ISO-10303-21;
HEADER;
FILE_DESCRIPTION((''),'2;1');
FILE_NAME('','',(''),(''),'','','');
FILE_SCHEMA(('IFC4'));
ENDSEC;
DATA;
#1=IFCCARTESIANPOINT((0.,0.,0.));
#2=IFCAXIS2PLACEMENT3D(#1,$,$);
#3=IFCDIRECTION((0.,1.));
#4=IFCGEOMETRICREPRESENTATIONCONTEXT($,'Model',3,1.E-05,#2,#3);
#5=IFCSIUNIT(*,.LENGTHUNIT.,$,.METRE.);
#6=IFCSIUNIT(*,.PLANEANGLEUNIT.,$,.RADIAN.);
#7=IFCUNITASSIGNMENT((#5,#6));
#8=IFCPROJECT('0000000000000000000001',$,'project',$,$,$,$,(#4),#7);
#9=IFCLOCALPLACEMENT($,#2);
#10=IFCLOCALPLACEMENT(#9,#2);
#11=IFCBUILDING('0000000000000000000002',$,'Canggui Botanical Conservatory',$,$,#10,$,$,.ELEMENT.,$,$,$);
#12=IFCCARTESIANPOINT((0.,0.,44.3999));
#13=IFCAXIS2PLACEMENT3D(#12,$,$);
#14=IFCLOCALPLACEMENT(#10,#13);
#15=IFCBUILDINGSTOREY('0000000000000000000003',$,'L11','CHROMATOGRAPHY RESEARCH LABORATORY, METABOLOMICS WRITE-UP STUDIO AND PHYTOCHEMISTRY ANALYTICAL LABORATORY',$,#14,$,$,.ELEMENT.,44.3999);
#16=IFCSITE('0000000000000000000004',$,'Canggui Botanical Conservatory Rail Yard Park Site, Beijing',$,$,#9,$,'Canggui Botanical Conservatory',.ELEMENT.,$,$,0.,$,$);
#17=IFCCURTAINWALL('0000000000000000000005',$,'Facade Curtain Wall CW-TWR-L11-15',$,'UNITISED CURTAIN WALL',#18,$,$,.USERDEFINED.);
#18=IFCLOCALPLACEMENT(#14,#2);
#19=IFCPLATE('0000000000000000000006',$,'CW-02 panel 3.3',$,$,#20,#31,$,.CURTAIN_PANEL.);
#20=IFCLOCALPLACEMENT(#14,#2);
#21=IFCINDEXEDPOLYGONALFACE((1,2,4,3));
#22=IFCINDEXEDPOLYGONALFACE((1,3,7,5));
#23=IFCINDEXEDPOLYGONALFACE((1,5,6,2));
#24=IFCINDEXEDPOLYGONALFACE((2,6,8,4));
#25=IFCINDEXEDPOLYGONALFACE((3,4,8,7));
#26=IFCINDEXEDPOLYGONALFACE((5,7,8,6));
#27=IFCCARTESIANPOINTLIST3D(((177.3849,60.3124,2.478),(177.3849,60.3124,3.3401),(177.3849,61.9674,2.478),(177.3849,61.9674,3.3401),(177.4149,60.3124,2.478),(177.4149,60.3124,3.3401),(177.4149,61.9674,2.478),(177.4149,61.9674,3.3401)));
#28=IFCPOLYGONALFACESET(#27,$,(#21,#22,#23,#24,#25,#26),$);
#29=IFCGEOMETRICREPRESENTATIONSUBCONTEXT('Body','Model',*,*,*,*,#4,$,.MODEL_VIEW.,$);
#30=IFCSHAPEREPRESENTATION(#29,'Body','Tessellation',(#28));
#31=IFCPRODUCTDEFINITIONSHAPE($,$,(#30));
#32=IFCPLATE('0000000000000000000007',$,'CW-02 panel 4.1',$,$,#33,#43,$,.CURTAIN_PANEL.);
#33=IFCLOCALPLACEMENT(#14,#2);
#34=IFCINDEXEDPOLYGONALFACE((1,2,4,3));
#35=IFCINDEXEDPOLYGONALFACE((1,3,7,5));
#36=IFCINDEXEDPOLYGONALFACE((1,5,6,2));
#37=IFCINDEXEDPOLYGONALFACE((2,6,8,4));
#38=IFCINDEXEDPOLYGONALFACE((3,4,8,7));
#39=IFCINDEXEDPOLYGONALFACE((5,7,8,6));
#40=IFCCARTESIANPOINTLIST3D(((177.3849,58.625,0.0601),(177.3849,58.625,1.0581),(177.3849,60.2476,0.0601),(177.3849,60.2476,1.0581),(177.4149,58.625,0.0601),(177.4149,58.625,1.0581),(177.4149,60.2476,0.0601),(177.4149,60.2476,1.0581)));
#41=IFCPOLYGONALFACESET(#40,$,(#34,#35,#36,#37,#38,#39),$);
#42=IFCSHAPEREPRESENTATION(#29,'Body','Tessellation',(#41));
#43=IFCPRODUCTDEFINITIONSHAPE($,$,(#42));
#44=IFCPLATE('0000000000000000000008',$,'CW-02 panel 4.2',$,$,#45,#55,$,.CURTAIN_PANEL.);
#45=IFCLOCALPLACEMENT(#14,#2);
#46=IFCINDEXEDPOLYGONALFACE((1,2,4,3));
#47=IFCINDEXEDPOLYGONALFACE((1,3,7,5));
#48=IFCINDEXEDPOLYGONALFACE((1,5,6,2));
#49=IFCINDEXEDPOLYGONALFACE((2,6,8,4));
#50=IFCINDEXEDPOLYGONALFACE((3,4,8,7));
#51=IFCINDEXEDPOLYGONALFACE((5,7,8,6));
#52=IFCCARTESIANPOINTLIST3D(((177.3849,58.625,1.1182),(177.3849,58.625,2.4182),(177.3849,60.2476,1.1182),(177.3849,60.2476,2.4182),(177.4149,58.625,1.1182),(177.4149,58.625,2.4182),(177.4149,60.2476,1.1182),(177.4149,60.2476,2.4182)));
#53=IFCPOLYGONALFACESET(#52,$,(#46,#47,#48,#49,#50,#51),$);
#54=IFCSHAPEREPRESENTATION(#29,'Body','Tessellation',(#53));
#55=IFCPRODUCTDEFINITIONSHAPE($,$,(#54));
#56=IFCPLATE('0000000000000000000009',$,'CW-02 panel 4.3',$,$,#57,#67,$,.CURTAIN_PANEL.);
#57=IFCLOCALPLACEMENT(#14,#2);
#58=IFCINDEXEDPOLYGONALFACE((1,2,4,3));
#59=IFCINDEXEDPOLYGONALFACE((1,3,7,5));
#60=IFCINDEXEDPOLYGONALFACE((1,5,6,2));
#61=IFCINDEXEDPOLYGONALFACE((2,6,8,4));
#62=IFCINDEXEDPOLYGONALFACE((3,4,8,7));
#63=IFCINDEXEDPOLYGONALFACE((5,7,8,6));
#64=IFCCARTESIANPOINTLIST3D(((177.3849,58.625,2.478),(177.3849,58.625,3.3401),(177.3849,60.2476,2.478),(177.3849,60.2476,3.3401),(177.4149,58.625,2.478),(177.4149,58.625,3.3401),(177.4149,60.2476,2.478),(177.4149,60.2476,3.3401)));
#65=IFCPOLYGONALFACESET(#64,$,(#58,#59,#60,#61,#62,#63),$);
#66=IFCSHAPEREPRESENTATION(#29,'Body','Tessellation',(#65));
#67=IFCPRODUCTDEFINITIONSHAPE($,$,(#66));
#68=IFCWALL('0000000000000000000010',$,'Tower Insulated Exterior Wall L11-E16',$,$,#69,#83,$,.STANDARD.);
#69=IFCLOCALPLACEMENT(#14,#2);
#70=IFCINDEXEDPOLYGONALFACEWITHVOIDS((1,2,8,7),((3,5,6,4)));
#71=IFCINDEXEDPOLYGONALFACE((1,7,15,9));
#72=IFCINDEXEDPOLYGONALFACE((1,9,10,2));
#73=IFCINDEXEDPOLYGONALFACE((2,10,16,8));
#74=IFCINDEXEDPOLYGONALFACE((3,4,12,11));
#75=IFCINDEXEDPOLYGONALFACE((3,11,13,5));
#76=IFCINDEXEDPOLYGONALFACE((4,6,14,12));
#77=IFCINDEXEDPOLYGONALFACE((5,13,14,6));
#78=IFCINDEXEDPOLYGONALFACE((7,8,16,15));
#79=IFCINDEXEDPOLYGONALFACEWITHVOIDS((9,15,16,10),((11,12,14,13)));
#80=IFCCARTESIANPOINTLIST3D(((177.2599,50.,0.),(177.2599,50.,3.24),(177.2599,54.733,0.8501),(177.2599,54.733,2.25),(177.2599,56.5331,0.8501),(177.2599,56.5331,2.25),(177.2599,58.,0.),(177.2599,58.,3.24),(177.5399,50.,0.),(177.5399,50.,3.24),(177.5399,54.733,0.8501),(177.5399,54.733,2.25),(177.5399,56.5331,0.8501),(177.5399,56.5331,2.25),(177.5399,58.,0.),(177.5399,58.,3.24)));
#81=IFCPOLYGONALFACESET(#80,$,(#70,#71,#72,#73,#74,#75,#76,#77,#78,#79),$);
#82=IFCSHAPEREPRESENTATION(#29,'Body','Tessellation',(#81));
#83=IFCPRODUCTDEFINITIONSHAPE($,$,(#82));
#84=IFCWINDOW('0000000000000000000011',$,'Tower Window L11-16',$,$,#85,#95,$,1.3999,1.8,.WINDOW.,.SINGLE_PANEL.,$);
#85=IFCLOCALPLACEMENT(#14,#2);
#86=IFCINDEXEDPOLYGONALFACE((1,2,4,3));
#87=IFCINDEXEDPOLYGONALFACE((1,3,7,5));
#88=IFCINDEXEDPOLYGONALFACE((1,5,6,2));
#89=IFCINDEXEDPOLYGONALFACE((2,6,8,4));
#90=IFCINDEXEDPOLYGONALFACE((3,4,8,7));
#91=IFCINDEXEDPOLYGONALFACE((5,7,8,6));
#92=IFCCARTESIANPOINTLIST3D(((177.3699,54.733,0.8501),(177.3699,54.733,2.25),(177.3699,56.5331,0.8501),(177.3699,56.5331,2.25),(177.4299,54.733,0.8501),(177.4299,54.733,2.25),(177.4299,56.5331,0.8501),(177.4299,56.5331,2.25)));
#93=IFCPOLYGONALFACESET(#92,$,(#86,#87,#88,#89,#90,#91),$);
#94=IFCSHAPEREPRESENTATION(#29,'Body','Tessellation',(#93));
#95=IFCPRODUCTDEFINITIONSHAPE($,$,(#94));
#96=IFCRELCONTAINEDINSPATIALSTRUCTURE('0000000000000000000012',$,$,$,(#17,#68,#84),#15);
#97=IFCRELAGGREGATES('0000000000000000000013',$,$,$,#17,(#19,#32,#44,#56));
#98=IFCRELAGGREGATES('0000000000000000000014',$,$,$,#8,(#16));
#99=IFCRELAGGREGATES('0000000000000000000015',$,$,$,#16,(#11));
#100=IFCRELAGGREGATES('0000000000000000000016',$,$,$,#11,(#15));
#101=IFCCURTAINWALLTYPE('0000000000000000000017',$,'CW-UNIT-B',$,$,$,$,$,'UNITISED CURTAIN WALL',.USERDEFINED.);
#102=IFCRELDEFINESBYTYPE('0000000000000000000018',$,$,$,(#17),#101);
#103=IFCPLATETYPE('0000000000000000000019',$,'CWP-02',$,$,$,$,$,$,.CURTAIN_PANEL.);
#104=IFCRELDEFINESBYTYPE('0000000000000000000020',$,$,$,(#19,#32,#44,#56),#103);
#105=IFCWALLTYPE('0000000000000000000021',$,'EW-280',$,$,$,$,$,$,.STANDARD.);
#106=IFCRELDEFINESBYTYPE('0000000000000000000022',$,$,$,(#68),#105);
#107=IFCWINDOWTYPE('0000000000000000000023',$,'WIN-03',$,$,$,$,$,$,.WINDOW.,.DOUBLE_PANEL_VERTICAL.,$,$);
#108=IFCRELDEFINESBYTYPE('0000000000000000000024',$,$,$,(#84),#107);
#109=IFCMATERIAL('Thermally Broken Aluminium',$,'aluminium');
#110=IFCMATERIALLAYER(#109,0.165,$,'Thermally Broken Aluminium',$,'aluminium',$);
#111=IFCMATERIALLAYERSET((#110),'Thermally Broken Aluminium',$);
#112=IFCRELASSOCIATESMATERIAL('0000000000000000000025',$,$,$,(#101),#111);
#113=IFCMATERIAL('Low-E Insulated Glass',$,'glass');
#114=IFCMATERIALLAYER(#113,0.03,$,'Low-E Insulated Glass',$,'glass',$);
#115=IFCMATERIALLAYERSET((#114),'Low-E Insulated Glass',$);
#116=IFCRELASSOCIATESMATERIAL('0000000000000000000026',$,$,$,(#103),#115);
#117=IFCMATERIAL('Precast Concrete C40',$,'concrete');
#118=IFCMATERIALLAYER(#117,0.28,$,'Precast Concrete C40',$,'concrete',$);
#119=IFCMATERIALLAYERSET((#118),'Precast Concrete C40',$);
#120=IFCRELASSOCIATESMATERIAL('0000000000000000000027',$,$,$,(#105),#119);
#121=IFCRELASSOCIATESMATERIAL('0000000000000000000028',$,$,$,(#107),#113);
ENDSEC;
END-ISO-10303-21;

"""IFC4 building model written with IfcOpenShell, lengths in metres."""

from ifc_helpers import new_model, si_unit, direction, frame, frame_2d, origin, origin_2d, place, context, subcontext, project, spatial, rectangle, extrude, material, layer, layer_set, type_object, element, fill, aggregate, save


model = new_model("IFC4")

# Units and contexts
model_context = context("Model", 3, precision=1e-05, world=origin(), true_north=direction((0.0, 1.0)))
body_context = subcontext(model_context, "Body", "Model", "MODEL_VIEW")
ifc_project = project(units=[si_unit("LENGTHUNIT", "METRE"), si_unit("PLANEANGLEUNIT", "RADIAN")], contexts=[model_context])

# Site, building, storey
site_placement = place(None, origin())
site = spatial("IfcSite", under=ifc_project, at=site_placement, Name="Canggui Botanical Conservatory Rail Yard Park Site, Beijing", LongName="Canggui Botanical Conservatory", CompositionType="ELEMENT", RefElevation=0.0)
building_placement = place(site_placement, origin())
building = spatial("IfcBuilding", under=site, at=building_placement, Name="Canggui Botanical Conservatory", CompositionType="ELEMENT")
storey_placement = place(building_placement, frame((0.0, 0.0, 44.3999)))
storey = spatial("IfcBuildingStorey", under=building, at=storey_placement, Name="L11", Description="CHROMATOGRAPHY RESEARCH LABORATORY, METABOLOMICS WRITE-UP STUDIO AND PHYTOCHEMISTRY ANALYTICAL LABORATORY", CompositionType="ELEMENT", Elevation=44.3999)

# Curtain wall, plates
ifc_material_1 = material(Name="Thermally Broken Aluminium", Category="aluminium")
ifc_layer_1 = layer(ifc_material_1, 0.165, Name="Thermally Broken Aluminium", Category="aluminium")
ifc_layer_set_1 = layer_set([ifc_layer_1], Name="Thermally Broken Aluminium")
curtain_wall_type = type_object("IfcCurtainWallType", Name="CW-UNIT-B", ElementType="UNITISED CURTAIN WALL", PredefinedType="USERDEFINED", material=ifc_layer_set_1)
curtain_wall_placement = place(storey_placement, origin())
curtain_wall = element("IfcCurtainWall", 1, at=curtain_wall_placement, inside=storey, type_object=curtain_wall_type, Name="Facade Curtain Wall CW-TWR-L11-15", ObjectType="UNITISED CURTAIN WALL", PredefinedType="USERDEFINED")
ifc_material_2 = material(Name="Low-E Insulated Glass", Category="glass")
ifc_layer_2 = layer(ifc_material_2, 0.03, Name="Low-E Insulated Glass", Category="glass")
ifc_layer_set_2 = layer_set([ifc_layer_2], Name="Low-E Insulated Glass")
plate_type = type_object("IfcPlateType", Name="CWP-02", PredefinedType="CURTAIN_PANEL", material=ifc_layer_set_2)
plate_1_placement = place(storey_placement, frame((177.3999, 61.1399, 2.478), z_axis=(0.0, 0.0, 1.0), x_axis=(0.0, -1.0, 0.0)))
plate_1 = element("IfcPlate", 2, at=plate_1_placement, type_object=plate_type, Name="CW-02 panel 3.3", PredefinedType="CURTAIN_PANEL", context=body_context, shape_type="SweptSolid", body=[
    extrude(rectangle(XDim=1.655, YDim=0.03, at=origin_2d()), origin(), (0.0, 0.0, 1.0), 0.8621),
])
plate_2_placement = place(storey_placement, frame((177.3999, 59.4363, 0.0601), z_axis=(0.0, 0.0, 1.0), x_axis=(0.0, -1.0, 0.0)))
plate_2 = element("IfcPlate", 3, at=plate_2_placement, type_object=plate_type, Name="CW-02 panel 4.1", PredefinedType="CURTAIN_PANEL", context=body_context, shape_type="SweptSolid", body=[
    extrude(rectangle(XDim=1.6226, YDim=0.03, at=origin_2d()), origin(), (0.0, 0.0, 1.0), 0.998),
])
plate_3_placement = place(storey_placement, frame((177.3999, 59.4363, 1.1182), z_axis=(0.0, 0.0, 1.0), x_axis=(0.0, -1.0, 0.0)))
plate_3 = element("IfcPlate", 4, at=plate_3_placement, type_object=plate_type, Name="CW-02 panel 4.2", PredefinedType="CURTAIN_PANEL", context=body_context, shape_type="SweptSolid", body=[
    extrude(rectangle(XDim=1.6226, YDim=0.03, at=origin_2d()), origin(), (0.0, 0.0, 1.0), 1.3),
])
plate_4_placement = place(storey_placement, frame((177.3999, 59.4363, 2.478), z_axis=(0.0, 0.0, 1.0), x_axis=(0.0, -1.0, 0.0)))
plate_4 = element("IfcPlate", 5, at=plate_4_placement, type_object=plate_type, Name="CW-02 panel 4.3", PredefinedType="CURTAIN_PANEL", context=body_context, shape_type="SweptSolid", body=[
    extrude(rectangle(XDim=1.6226, YDim=0.03, at=origin_2d()), origin(), (0.0, 0.0, 1.0), 0.8621),
])
aggregate(curtain_wall, [plate_1, plate_2, plate_3, plate_4])

# Wall, opening, window
ifc_material_3 = material(Name="Precast Concrete C40", Category="concrete")
ifc_layer_3 = layer(ifc_material_3, 0.28, Name="Precast Concrete C40", Category="concrete")
ifc_layer_set_3 = layer_set([ifc_layer_3], Name="Precast Concrete C40")
wall_type = type_object("IfcWallType", Name="EW-280", PredefinedType="STANDARD", material=ifc_layer_set_3)
wall_placement = place(storey_placement, frame((177.3999, 58.0, 0.0), z_axis=(0.0, 0.0, 1.0), x_axis=(0.0, -1.0, 0.0)))
wall = element("IfcWall", 6, at=wall_placement, inside=storey, type_object=wall_type, Name="Tower Insulated Exterior Wall L11-E16", PredefinedType="STANDARD", context=body_context, shape_type="SweptSolid", body=[
    extrude(rectangle(XDim=8.0, YDim=0.28, at=frame_2d((4.0, 0.0))), origin(), (0.0, 0.0, 1.0), 3.24),
])
opening_placement = place(wall_placement, frame((1.467, 0.0, 0.8501)))
opening = element("IfcOpeningElement", 7, at=opening_placement, cuts=wall, PredefinedType="OPENING", context=body_context, shape_type="SweptSolid", body=[
    extrude(rectangle(XDim=1.8, YDim=1.3999, at=frame_2d((0.8999, 0.7))), frame((0.0, 0.1499, 0.0), z_axis=(0.0, -1.0, 0.0), x_axis=(1.0, 0.0, 0.0)), (0.0, 0.0, 1.0), 0.3),
])
window_type = type_object("IfcWindowType", Name="WIN-03", PartitioningType="DOUBLE_PANEL_VERTICAL", PredefinedType="WINDOW", material=ifc_material_2)
window_placement = place(opening_placement, origin())
window = element("IfcWindow", 8, at=window_placement, inside=storey, type_object=window_type, Name="Tower Window L11-16", OverallHeight=1.3999, OverallWidth=1.8, PartitioningType="SINGLE_PANEL", PredefinedType="WINDOW", context=body_context, shape_type="SweptSolid", body=[
    extrude(rectangle(XDim=1.8, YDim=1.3999, at=frame_2d((0.8999, 0.7))), frame((0.0, 0.03, 0.0), z_axis=(0.0, -1.0, 0.0), x_axis=(1.0, 0.0, 0.0)), (0.0, 0.0, 1.0), 0.0601),
])
fill(opening, window)

save(model, "model.ifc")
